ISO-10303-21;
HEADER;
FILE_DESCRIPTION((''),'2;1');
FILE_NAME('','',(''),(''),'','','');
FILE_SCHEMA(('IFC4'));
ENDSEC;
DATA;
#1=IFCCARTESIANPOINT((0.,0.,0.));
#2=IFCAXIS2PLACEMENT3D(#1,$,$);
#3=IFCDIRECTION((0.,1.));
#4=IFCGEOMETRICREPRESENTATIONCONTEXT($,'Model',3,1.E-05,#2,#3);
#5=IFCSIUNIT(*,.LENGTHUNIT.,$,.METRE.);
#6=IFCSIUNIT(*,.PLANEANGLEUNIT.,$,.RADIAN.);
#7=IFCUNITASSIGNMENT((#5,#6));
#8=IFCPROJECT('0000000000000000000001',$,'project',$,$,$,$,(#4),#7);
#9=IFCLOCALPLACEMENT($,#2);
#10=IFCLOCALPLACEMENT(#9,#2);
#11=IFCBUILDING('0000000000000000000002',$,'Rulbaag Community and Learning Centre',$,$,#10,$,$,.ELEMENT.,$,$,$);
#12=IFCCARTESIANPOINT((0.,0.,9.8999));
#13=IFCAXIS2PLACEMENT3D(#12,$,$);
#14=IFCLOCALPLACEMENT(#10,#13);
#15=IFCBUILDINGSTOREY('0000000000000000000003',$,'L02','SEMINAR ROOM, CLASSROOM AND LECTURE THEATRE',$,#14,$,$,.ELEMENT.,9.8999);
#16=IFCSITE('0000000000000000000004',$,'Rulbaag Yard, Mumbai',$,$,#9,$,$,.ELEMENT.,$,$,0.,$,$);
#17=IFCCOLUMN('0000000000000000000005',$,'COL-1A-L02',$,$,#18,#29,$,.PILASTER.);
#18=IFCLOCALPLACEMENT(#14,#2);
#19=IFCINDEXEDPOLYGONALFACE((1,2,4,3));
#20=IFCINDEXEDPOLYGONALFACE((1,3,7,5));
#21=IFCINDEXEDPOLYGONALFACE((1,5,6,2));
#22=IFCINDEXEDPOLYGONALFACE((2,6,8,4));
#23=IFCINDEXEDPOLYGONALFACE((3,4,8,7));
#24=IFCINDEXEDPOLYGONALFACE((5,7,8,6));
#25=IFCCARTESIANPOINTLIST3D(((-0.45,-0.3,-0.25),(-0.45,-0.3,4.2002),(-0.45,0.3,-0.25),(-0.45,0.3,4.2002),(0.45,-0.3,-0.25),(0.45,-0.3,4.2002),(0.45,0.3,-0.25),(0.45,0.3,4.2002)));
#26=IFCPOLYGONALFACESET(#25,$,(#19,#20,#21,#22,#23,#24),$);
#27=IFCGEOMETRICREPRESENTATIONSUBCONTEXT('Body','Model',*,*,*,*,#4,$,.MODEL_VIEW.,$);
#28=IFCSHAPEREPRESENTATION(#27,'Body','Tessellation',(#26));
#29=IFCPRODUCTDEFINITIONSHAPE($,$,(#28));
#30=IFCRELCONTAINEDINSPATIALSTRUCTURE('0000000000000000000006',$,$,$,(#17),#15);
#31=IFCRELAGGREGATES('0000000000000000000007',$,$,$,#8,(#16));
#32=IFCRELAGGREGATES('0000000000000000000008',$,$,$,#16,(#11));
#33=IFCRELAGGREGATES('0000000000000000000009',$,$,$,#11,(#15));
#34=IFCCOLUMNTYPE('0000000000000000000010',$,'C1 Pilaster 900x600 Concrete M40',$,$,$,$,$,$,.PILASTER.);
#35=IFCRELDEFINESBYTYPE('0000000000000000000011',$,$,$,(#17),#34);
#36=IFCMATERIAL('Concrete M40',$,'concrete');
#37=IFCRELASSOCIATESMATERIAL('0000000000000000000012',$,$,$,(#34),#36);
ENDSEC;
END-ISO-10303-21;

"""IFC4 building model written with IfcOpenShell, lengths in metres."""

from ifc_helpers import new_model, si_unit, direction, frame, origin, origin_2d, place, context, subcontext, project, spatial, rectangle, extrude, material, material_profile, profile_set, type_object, element, save


model = new_model("IFC4")

# Units and contexts
model_context = context("Model", 3, precision=1e-05, world=origin(), true_north=direction((0.0, 1.0)))
body_context = subcontext(model_context, "Body", "Model", "MODEL_VIEW")
ifc_project = project(units=[si_unit("LENGTHUNIT", "METRE"), si_unit("PLANEANGLEUNIT", "RADIAN")], contexts=[model_context])

# Site, building, storey
site_placement = place(None, origin())
site = spatial("IfcSite", under=ifc_project, at=site_placement, Name="Rulbaag Yard, Mumbai", CompositionType="ELEMENT", RefElevation=0.0)
building_placement = place(site_placement, origin())
building = spatial("IfcBuilding", under=site, at=building_placement, Name="Rulbaag Community and Learning Centre", CompositionType="ELEMENT")
storey_placement = place(building_placement, frame((0.0, 0.0, 9.8999)))
storey = spatial("IfcBuildingStorey", under=building, at=storey_placement, Name="L02", Description="SEMINAR ROOM, CLASSROOM AND LECTURE THEATRE", CompositionType="ELEMENT", Elevation=9.8999)

# Column
ifc_material_1 = material(Name="Concrete M40", Category="concrete")
ifc_material_profile = material_profile(ifc_material_1, rectangle(XDim=0.8999, YDim=0.6001, at=origin_2d()), Name="RC900x600")
ifc_profile_set = profile_set([ifc_material_profile], Name="Concrete M40")
column_type = type_object("IfcColumnType", Name="C1 Pilaster 900x600 Concrete M40", PredefinedType="PILASTER", material=ifc_profile_set)
column_placement = place(storey_placement, frame((0.0, 0.0, -0.25), z_axis=(0.0, 0.0, 1.0), x_axis=(1.0, 0.0, 0.0)))
element("IfcColumn", 1, at=column_placement, inside=storey, type_object=column_type, Name="COL-1A-L02", PredefinedType="PILASTER", context=body_context, shape_type="SweptSolid", body=[
    extrude(rectangle(XDim=0.8999, YDim=0.6001, at=origin_2d()), origin(), (0.0, 0.0, 1.0), 4.4502),
])

save(model, "model.ifc")
